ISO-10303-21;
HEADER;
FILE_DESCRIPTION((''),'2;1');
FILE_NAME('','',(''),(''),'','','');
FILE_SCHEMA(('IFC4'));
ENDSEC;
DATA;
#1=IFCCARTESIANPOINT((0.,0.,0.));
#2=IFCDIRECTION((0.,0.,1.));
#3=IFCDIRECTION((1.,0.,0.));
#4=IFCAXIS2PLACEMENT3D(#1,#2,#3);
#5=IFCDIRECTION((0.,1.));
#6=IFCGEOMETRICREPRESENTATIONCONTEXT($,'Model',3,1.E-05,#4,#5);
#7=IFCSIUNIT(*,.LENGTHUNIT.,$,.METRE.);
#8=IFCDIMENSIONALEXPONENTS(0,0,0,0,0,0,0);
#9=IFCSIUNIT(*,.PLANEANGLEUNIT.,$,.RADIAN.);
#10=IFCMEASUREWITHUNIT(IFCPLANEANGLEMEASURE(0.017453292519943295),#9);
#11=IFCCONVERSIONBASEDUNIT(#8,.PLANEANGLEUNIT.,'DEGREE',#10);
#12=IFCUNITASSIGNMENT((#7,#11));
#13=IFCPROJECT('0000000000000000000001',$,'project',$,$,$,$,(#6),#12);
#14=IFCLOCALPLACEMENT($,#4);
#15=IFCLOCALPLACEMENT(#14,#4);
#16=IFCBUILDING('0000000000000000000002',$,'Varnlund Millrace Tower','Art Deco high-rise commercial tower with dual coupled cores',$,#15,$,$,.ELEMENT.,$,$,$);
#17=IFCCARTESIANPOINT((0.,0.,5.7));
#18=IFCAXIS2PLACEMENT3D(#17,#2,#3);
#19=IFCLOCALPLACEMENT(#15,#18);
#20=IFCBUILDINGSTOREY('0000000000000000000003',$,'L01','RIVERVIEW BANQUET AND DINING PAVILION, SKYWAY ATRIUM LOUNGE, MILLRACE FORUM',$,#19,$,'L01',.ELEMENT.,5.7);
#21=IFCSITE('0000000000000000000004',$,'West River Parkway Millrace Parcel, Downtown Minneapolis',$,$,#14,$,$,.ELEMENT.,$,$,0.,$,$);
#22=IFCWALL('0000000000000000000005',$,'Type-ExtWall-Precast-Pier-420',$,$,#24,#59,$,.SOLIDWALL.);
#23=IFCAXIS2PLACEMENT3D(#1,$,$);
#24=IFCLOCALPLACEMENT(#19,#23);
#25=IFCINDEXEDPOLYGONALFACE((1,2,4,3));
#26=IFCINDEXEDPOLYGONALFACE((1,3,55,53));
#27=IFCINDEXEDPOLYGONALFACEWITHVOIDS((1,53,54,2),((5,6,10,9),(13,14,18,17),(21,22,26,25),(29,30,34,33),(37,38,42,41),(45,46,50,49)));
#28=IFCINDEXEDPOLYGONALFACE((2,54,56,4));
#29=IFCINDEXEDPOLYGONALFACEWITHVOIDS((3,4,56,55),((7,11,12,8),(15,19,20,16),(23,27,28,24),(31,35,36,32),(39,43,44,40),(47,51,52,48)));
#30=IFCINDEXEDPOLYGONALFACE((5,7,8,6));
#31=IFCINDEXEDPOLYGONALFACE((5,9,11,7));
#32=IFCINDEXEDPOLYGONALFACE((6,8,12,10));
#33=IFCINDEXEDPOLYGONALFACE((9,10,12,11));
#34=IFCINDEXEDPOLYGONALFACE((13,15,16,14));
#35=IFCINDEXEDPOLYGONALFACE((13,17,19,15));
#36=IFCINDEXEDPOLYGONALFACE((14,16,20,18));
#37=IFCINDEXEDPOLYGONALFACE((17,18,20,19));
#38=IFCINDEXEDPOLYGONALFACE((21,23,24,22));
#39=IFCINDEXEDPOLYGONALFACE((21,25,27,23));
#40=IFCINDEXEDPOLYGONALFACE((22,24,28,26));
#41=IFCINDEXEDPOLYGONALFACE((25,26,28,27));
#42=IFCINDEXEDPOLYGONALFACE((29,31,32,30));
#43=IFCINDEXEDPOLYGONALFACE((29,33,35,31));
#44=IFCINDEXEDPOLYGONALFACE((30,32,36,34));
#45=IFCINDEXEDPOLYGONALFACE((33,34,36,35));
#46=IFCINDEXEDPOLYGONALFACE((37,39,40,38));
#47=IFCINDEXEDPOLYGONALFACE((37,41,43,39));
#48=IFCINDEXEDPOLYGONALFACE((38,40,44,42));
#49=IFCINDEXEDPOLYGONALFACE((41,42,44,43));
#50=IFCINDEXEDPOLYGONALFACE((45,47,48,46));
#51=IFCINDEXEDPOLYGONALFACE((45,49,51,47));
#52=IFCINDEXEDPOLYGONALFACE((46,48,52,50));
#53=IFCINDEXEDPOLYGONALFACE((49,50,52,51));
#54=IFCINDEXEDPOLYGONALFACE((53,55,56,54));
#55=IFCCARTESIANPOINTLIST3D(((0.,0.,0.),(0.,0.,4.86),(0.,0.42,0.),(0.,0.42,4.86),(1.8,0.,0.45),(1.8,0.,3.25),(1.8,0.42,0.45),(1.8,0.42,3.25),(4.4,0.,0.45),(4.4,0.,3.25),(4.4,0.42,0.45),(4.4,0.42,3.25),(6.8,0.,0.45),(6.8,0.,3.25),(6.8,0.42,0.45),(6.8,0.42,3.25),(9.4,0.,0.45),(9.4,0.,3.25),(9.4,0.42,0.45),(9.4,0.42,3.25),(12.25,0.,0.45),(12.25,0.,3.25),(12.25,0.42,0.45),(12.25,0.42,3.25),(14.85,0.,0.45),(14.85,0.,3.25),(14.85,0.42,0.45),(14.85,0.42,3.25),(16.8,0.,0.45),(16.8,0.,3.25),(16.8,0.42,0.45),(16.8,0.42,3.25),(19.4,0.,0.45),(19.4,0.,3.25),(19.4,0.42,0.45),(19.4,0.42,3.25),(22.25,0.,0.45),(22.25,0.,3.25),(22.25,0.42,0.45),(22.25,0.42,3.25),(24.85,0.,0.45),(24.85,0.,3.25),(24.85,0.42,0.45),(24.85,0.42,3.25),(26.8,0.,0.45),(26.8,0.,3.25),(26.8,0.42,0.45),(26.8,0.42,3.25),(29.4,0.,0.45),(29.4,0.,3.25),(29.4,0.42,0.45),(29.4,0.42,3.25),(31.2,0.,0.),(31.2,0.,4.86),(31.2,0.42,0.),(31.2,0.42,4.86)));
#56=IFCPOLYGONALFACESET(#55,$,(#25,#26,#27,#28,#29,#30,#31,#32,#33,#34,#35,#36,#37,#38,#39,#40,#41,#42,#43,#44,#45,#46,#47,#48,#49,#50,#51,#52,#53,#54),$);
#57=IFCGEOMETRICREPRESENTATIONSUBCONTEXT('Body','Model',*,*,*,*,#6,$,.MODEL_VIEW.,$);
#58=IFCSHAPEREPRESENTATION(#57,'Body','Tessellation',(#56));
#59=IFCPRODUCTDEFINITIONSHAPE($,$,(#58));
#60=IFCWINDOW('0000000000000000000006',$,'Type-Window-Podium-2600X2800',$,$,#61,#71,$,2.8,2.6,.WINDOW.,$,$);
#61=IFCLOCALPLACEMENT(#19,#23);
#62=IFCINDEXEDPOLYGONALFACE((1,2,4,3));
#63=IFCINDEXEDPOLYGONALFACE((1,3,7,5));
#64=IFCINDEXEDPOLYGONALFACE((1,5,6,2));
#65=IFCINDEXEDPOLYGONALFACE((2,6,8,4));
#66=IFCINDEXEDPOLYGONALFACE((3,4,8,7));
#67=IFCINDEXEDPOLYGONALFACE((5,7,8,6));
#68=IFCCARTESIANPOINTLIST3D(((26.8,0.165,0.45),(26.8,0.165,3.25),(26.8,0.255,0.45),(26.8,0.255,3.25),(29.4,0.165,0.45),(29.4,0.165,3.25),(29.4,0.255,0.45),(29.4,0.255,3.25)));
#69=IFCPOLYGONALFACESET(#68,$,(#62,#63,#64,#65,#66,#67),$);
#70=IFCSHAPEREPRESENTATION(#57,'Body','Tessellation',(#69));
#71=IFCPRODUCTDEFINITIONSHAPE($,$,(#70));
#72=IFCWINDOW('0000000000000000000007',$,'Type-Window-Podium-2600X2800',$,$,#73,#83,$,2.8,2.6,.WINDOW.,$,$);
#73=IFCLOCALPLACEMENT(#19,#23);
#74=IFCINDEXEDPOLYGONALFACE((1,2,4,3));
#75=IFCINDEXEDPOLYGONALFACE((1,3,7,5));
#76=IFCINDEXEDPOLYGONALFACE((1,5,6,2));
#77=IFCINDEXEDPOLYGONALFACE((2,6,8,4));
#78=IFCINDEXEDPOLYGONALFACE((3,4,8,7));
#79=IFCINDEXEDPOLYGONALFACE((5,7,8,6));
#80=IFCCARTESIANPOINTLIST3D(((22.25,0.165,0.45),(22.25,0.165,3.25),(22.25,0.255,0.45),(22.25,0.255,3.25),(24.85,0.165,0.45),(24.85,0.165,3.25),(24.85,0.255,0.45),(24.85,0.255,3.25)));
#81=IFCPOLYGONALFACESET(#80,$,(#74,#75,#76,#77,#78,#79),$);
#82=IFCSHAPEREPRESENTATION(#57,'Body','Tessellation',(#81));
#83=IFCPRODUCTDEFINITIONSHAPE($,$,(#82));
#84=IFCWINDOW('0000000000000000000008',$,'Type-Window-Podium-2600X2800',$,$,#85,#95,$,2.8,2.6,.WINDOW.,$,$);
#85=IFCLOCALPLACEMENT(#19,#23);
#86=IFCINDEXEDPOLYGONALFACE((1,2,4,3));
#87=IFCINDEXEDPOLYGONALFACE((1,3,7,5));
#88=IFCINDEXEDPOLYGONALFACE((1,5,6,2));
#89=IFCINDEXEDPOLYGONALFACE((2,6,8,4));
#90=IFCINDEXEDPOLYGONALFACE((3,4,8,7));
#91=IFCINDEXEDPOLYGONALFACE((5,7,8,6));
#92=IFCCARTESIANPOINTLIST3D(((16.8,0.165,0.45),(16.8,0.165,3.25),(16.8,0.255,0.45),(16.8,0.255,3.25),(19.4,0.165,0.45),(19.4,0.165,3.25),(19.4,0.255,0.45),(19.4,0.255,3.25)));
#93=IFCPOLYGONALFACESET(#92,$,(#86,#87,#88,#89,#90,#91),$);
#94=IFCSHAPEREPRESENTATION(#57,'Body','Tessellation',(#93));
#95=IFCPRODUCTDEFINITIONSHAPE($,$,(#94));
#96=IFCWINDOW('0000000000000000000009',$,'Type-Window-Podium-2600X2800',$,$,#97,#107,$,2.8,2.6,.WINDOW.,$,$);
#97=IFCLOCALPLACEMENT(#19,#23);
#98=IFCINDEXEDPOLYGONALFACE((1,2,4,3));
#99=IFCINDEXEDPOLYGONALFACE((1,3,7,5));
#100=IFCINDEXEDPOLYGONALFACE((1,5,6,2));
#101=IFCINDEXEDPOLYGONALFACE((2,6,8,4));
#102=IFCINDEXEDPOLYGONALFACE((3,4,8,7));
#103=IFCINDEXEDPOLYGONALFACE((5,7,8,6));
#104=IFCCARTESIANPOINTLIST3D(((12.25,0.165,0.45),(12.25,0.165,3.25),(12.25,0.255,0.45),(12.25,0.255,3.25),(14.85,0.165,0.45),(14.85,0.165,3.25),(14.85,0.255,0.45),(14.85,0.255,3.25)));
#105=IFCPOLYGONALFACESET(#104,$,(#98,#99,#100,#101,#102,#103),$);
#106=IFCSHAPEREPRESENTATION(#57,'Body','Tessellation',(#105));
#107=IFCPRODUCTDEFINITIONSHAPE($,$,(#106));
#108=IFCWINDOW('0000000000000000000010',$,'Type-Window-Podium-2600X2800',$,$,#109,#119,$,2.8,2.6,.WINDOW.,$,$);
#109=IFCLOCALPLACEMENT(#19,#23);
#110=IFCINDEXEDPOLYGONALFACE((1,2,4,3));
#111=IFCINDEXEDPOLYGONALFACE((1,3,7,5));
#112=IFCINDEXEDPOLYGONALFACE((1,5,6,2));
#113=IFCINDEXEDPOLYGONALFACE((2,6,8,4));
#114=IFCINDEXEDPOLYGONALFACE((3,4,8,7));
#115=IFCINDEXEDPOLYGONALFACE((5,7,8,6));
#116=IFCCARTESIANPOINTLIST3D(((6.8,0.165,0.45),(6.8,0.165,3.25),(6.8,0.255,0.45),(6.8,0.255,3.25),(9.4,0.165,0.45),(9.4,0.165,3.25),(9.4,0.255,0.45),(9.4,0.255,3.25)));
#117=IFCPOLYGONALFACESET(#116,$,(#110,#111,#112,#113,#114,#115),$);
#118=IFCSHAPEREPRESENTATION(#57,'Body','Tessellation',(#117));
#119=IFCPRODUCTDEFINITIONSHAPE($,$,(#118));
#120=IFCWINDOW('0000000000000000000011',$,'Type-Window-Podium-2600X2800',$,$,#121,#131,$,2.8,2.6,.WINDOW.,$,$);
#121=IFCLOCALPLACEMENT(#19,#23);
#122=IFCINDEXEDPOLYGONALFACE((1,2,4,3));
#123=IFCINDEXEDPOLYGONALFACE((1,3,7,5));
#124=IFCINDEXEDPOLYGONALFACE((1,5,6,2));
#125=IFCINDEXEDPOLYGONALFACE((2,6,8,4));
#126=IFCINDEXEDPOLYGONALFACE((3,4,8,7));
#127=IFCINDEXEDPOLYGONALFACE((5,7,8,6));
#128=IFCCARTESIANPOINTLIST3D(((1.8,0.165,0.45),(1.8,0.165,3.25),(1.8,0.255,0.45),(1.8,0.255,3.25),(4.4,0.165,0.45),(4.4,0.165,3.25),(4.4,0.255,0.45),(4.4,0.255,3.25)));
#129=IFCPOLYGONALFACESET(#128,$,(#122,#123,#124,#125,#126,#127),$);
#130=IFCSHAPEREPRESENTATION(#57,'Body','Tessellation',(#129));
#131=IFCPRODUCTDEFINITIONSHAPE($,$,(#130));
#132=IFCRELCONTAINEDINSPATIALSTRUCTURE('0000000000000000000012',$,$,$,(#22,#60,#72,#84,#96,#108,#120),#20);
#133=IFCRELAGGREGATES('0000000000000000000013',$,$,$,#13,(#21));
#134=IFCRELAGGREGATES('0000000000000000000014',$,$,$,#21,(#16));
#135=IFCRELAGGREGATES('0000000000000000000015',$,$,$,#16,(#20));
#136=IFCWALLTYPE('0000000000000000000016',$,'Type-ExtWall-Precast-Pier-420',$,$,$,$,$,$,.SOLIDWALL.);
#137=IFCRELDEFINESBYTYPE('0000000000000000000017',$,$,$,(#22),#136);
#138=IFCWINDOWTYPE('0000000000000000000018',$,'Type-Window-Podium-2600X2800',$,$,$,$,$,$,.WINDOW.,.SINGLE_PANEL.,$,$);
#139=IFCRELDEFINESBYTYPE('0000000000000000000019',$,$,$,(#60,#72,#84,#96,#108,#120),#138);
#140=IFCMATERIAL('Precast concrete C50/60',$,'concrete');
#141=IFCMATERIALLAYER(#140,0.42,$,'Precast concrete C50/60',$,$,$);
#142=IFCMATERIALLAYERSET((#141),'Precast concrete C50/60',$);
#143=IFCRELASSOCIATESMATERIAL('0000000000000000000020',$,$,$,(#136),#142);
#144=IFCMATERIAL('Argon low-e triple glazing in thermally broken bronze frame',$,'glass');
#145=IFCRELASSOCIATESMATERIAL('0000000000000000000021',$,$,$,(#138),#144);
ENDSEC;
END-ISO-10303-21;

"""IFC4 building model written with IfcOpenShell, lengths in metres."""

from ifc_helpers import new_model, entity, si_unit, converted_unit, direction, frame, origin_with_axes, origin_2d_with_axis, place, context, subcontext, project, spatial, polyline, rectangle, outline, extrude, material, layer, layer_set, type_object, element, fill, save


model = new_model("IFC4")

# Units and contexts
model_context = context("Model", 3, precision=1e-05, world=origin_with_axes(), true_north=direction((0.0, 1.0)))
body_context = subcontext(model_context, "Body", "Model", "MODEL_VIEW")
ifc_project = project(units=[si_unit("LENGTHUNIT", "METRE"), converted_unit("PLANEANGLEUNIT", "DEGREE", entity("IfcPlaneAngleMeasure", 0.017453292519943295), si_unit("PLANEANGLEUNIT", "RADIAN"), dimensions=[0, 0, 0, 0, 0, 0, 0])], contexts=[model_context])

# Site, building, storey
site_placement = place(None, origin_with_axes())
site = spatial("IfcSite", under=ifc_project, at=site_placement, Name="West River Parkway Millrace Parcel, Downtown Minneapolis", CompositionType="ELEMENT", RefElevation=0.0)
building_placement = place(site_placement, origin_with_axes())
building = spatial("IfcBuilding", under=site, at=building_placement, Name="Varnlund Millrace Tower", Description="Art Deco high-rise commercial tower with dual coupled cores", CompositionType="ELEMENT")
storey_placement = place(building_placement, frame((0.0, 0.0, 5.7), z_axis=(0.0, 0.0, 1.0), x_axis=(1.0, 0.0, 0.0)))
storey = spatial("IfcBuildingStorey", under=building, at=storey_placement, Name="L01", Description="RIVERVIEW BANQUET AND DINING PAVILION, SKYWAY ATRIUM LOUNGE, MILLRACE FORUM", LongName="L01", CompositionType="ELEMENT", Elevation=5.7)

# Wall, openings, windows
ifc_material_1 = material(Name="Precast concrete C50/60", Category="concrete")
ifc_layer_1 = layer(ifc_material_1, 0.42, Name="Precast concrete C50/60")
ifc_layer_set_1 = layer_set([ifc_layer_1], Name="Precast concrete C50/60")
wall_type = type_object("IfcWallType", Name="Type-ExtWall-Precast-Pier-420", PredefinedType="SOLIDWALL", material=ifc_layer_set_1)
wall_placement = place(storey_placement, frame((31.2, 0.21, 0.0), z_axis=(0.0, 0.0, 1.0), x_axis=(-1.0, 0.0, 0.0)))
wall = element("IfcWall", 1, at=wall_placement, inside=storey, type_object=wall_type, Name="Type-ExtWall-Precast-Pier-420", PredefinedType="SOLIDWALL", context=body_context, shape_type="SweptSolid", body=[
    extrude(outline(polyline([(0.0, -0.21), (31.2, -0.21), (31.2, 0.21), (0.0, 0.21), (0.0, -0.21)])), origin_with_axes(), (0.0, 0.0, 1.0), 4.86),
])
opening_1_placement = place(wall_placement, frame((3.1, 0.0, 0.45), z_axis=(0.0, 0.0, 1.0), x_axis=(1.0, 0.0, 0.0)))
opening_1 = element("IfcOpeningElement", 2, at=opening_1_placement, cuts=wall, PredefinedType="OPENING", context=body_context, shape_type="SweptSolid", body=[
    extrude(rectangle(XDim=2.6, YDim=0.44, at=origin_2d_with_axis()), origin_with_axes(), (0.0, 0.0, 1.0), 2.8),
])
opening_2_placement = place(wall_placement, frame((7.65, 0.0, 0.45), z_axis=(0.0, 0.0, 1.0), x_axis=(1.0, 0.0, 0.0)))
opening_2 = element("IfcOpeningElement", 3, at=opening_2_placement, cuts=wall, PredefinedType="OPENING", context=body_context, shape_type="SweptSolid", body=[
    extrude(rectangle(XDim=2.6, YDim=0.44, at=origin_2d_with_axis()), origin_with_axes(), (0.0, 0.0, 1.0), 2.8),
])
opening_3_placement = place(wall_placement, frame((13.1, 0.0, 0.45), z_axis=(0.0, 0.0, 1.0), x_axis=(1.0, 0.0, 0.0)))
opening_3 = element("IfcOpeningElement", 4, at=opening_3_placement, cuts=wall, PredefinedType="OPENING", context=body_context, shape_type="SweptSolid", body=[
    extrude(rectangle(XDim=2.6, YDim=0.44, at=origin_2d_with_axis()), origin_with_axes(), (0.0, 0.0, 1.0), 2.8),
])
opening_4_placement = place(wall_placement, frame((17.65, 0.0, 0.45), z_axis=(0.0, 0.0, 1.0), x_axis=(1.0, 0.0, 0.0)))
opening_4 = element("IfcOpeningElement", 5, at=opening_4_placement, cuts=wall, PredefinedType="OPENING", context=body_context, shape_type="SweptSolid", body=[
    extrude(rectangle(XDim=2.6, YDim=0.44, at=origin_2d_with_axis()), origin_with_axes(), (0.0, 0.0, 1.0), 2.8),
])
opening_5_placement = place(wall_placement, frame((23.1, 0.0, 0.45), z_axis=(0.0, 0.0, 1.0), x_axis=(1.0, 0.0, 0.0)))
opening_5 = element("IfcOpeningElement", 6, at=opening_5_placement, cuts=wall, PredefinedType="OPENING", context=body_context, shape_type="SweptSolid", body=[
    extrude(rectangle(XDim=2.6, YDim=0.44, at=origin_2d_with_axis()), origin_with_axes(), (0.0, 0.0, 1.0), 2.8),
])
opening_6_placement = place(wall_placement, frame((28.1, 0.0, 0.45), z_axis=(0.0, 0.0, 1.0), x_axis=(1.0, 0.0, 0.0)))
opening_6 = element("IfcOpeningElement", 7, at=opening_6_placement, cuts=wall, PredefinedType="OPENING", context=body_context, shape_type="SweptSolid", body=[
    extrude(rectangle(XDim=2.6, YDim=0.44, at=origin_2d_with_axis()), origin_with_axes(), (0.0, 0.0, 1.0), 2.8),
])
ifc_material_2 = material(Name="Argon low-e triple glazing in thermally broken bronze frame", Category="glass")
window_type = type_object("IfcWindowType", Name="Type-Window-Podium-2600X2800", PartitioningType="SINGLE_PANEL", PredefinedType="WINDOW", material=ifc_material_2)
window_1_placement = place(wall_placement, frame((3.1, 0.0, 0.45), z_axis=(0.0, 0.0, 1.0), x_axis=(1.0, 0.0, 0.0)))
window_1 = element("IfcWindow", 8, at=window_1_placement, inside=storey, type_object=window_type, Name="Type-Window-Podium-2600X2800", OverallHeight=2.8, OverallWidth=2.6, PredefinedType="WINDOW", context=body_context, shape_type="SweptSolid", body=[
    extrude(rectangle(XDim=2.6, YDim=0.09, at=origin_2d_with_axis()), origin_with_axes(), (0.0, 0.0, 1.0), 2.8),
])
fill(opening_1, window_1)
window_2_placement = place(wall_placement, frame((7.65, 0.0, 0.45), z_axis=(0.0, 0.0, 1.0), x_axis=(1.0, 0.0, 0.0)))
window_2 = element("IfcWindow", 9, at=window_2_placement, inside=storey, type_object=window_type, Name="Type-Window-Podium-2600X2800", OverallHeight=2.8, OverallWidth=2.6, PredefinedType="WINDOW", context=body_context, shape_type="SweptSolid", body=[
    extrude(rectangle(XDim=2.6, YDim=0.09, at=origin_2d_with_axis()), origin_with_axes(), (0.0, 0.0, 1.0), 2.8),
])
fill(opening_2, window_2)
window_3_placement = place(wall_placement, frame((13.1, 0.0, 0.45), z_axis=(0.0, 0.0, 1.0), x_axis=(1.0, 0.0, 0.0)))
window_3 = element("IfcWindow", 10, at=window_3_placement, inside=storey, type_object=window_type, Name="Type-Window-Podium-2600X2800", OverallHeight=2.8, OverallWidth=2.6, PredefinedType="WINDOW", context=body_context, shape_type="SweptSolid", body=[
    extrude(rectangle(XDim=2.6, YDim=0.09, at=origin_2d_with_axis()), origin_with_axes(), (0.0, 0.0, 1.0), 2.8),
])
fill(opening_3, window_3)
window_4_placement = place(wall_placement, frame((17.65, 0.0, 0.45), z_axis=(0.0, 0.0, 1.0), x_axis=(1.0, 0.0, 0.0)))
window_4 = element("IfcWindow", 11, at=window_4_placement, inside=storey, type_object=window_type, Name="Type-Window-Podium-2600X2800", OverallHeight=2.8, OverallWidth=2.6, PredefinedType="WINDOW", context=body_context, shape_type="SweptSolid", body=[
    extrude(rectangle(XDim=2.6, YDim=0.09, at=origin_2d_with_axis()), origin_with_axes(), (0.0, 0.0, 1.0), 2.8),
])
fill(opening_4, window_4)
window_5_placement = place(wall_placement, frame((23.1, 0.0, 0.45), z_axis=(0.0, 0.0, 1.0), x_axis=(1.0, 0.0, 0.0)))
window_5 = element("IfcWindow", 12, at=window_5_placement, inside=storey, type_object=window_type, Name="Type-Window-Podium-2600X2800", OverallHeight=2.8, OverallWidth=2.6, PredefinedType="WINDOW", context=body_context, shape_type="SweptSolid", body=[
    extrude(rectangle(XDim=2.6, YDim=0.09, at=origin_2d_with_axis()), origin_with_axes(), (0.0, 0.0, 1.0), 2.8),
])
fill(opening_5, window_5)
window_6_placement = place(wall_placement, frame((28.1, 0.0, 0.45), z_axis=(0.0, 0.0, 1.0), x_axis=(1.0, 0.0, 0.0)))
window_6 = element("IfcWindow", 13, at=window_6_placement, inside=storey, type_object=window_type, Name="Type-Window-Podium-2600X2800", OverallHeight=2.8, OverallWidth=2.6, PredefinedType="WINDOW", context=body_context, shape_type="SweptSolid", body=[
    extrude(rectangle(XDim=2.6, YDim=0.09, at=origin_2d_with_axis()), origin_with_axes(), (0.0, 0.0, 1.0), 2.8),
])
fill(opening_6, window_6)

save(model, "model.ifc")
